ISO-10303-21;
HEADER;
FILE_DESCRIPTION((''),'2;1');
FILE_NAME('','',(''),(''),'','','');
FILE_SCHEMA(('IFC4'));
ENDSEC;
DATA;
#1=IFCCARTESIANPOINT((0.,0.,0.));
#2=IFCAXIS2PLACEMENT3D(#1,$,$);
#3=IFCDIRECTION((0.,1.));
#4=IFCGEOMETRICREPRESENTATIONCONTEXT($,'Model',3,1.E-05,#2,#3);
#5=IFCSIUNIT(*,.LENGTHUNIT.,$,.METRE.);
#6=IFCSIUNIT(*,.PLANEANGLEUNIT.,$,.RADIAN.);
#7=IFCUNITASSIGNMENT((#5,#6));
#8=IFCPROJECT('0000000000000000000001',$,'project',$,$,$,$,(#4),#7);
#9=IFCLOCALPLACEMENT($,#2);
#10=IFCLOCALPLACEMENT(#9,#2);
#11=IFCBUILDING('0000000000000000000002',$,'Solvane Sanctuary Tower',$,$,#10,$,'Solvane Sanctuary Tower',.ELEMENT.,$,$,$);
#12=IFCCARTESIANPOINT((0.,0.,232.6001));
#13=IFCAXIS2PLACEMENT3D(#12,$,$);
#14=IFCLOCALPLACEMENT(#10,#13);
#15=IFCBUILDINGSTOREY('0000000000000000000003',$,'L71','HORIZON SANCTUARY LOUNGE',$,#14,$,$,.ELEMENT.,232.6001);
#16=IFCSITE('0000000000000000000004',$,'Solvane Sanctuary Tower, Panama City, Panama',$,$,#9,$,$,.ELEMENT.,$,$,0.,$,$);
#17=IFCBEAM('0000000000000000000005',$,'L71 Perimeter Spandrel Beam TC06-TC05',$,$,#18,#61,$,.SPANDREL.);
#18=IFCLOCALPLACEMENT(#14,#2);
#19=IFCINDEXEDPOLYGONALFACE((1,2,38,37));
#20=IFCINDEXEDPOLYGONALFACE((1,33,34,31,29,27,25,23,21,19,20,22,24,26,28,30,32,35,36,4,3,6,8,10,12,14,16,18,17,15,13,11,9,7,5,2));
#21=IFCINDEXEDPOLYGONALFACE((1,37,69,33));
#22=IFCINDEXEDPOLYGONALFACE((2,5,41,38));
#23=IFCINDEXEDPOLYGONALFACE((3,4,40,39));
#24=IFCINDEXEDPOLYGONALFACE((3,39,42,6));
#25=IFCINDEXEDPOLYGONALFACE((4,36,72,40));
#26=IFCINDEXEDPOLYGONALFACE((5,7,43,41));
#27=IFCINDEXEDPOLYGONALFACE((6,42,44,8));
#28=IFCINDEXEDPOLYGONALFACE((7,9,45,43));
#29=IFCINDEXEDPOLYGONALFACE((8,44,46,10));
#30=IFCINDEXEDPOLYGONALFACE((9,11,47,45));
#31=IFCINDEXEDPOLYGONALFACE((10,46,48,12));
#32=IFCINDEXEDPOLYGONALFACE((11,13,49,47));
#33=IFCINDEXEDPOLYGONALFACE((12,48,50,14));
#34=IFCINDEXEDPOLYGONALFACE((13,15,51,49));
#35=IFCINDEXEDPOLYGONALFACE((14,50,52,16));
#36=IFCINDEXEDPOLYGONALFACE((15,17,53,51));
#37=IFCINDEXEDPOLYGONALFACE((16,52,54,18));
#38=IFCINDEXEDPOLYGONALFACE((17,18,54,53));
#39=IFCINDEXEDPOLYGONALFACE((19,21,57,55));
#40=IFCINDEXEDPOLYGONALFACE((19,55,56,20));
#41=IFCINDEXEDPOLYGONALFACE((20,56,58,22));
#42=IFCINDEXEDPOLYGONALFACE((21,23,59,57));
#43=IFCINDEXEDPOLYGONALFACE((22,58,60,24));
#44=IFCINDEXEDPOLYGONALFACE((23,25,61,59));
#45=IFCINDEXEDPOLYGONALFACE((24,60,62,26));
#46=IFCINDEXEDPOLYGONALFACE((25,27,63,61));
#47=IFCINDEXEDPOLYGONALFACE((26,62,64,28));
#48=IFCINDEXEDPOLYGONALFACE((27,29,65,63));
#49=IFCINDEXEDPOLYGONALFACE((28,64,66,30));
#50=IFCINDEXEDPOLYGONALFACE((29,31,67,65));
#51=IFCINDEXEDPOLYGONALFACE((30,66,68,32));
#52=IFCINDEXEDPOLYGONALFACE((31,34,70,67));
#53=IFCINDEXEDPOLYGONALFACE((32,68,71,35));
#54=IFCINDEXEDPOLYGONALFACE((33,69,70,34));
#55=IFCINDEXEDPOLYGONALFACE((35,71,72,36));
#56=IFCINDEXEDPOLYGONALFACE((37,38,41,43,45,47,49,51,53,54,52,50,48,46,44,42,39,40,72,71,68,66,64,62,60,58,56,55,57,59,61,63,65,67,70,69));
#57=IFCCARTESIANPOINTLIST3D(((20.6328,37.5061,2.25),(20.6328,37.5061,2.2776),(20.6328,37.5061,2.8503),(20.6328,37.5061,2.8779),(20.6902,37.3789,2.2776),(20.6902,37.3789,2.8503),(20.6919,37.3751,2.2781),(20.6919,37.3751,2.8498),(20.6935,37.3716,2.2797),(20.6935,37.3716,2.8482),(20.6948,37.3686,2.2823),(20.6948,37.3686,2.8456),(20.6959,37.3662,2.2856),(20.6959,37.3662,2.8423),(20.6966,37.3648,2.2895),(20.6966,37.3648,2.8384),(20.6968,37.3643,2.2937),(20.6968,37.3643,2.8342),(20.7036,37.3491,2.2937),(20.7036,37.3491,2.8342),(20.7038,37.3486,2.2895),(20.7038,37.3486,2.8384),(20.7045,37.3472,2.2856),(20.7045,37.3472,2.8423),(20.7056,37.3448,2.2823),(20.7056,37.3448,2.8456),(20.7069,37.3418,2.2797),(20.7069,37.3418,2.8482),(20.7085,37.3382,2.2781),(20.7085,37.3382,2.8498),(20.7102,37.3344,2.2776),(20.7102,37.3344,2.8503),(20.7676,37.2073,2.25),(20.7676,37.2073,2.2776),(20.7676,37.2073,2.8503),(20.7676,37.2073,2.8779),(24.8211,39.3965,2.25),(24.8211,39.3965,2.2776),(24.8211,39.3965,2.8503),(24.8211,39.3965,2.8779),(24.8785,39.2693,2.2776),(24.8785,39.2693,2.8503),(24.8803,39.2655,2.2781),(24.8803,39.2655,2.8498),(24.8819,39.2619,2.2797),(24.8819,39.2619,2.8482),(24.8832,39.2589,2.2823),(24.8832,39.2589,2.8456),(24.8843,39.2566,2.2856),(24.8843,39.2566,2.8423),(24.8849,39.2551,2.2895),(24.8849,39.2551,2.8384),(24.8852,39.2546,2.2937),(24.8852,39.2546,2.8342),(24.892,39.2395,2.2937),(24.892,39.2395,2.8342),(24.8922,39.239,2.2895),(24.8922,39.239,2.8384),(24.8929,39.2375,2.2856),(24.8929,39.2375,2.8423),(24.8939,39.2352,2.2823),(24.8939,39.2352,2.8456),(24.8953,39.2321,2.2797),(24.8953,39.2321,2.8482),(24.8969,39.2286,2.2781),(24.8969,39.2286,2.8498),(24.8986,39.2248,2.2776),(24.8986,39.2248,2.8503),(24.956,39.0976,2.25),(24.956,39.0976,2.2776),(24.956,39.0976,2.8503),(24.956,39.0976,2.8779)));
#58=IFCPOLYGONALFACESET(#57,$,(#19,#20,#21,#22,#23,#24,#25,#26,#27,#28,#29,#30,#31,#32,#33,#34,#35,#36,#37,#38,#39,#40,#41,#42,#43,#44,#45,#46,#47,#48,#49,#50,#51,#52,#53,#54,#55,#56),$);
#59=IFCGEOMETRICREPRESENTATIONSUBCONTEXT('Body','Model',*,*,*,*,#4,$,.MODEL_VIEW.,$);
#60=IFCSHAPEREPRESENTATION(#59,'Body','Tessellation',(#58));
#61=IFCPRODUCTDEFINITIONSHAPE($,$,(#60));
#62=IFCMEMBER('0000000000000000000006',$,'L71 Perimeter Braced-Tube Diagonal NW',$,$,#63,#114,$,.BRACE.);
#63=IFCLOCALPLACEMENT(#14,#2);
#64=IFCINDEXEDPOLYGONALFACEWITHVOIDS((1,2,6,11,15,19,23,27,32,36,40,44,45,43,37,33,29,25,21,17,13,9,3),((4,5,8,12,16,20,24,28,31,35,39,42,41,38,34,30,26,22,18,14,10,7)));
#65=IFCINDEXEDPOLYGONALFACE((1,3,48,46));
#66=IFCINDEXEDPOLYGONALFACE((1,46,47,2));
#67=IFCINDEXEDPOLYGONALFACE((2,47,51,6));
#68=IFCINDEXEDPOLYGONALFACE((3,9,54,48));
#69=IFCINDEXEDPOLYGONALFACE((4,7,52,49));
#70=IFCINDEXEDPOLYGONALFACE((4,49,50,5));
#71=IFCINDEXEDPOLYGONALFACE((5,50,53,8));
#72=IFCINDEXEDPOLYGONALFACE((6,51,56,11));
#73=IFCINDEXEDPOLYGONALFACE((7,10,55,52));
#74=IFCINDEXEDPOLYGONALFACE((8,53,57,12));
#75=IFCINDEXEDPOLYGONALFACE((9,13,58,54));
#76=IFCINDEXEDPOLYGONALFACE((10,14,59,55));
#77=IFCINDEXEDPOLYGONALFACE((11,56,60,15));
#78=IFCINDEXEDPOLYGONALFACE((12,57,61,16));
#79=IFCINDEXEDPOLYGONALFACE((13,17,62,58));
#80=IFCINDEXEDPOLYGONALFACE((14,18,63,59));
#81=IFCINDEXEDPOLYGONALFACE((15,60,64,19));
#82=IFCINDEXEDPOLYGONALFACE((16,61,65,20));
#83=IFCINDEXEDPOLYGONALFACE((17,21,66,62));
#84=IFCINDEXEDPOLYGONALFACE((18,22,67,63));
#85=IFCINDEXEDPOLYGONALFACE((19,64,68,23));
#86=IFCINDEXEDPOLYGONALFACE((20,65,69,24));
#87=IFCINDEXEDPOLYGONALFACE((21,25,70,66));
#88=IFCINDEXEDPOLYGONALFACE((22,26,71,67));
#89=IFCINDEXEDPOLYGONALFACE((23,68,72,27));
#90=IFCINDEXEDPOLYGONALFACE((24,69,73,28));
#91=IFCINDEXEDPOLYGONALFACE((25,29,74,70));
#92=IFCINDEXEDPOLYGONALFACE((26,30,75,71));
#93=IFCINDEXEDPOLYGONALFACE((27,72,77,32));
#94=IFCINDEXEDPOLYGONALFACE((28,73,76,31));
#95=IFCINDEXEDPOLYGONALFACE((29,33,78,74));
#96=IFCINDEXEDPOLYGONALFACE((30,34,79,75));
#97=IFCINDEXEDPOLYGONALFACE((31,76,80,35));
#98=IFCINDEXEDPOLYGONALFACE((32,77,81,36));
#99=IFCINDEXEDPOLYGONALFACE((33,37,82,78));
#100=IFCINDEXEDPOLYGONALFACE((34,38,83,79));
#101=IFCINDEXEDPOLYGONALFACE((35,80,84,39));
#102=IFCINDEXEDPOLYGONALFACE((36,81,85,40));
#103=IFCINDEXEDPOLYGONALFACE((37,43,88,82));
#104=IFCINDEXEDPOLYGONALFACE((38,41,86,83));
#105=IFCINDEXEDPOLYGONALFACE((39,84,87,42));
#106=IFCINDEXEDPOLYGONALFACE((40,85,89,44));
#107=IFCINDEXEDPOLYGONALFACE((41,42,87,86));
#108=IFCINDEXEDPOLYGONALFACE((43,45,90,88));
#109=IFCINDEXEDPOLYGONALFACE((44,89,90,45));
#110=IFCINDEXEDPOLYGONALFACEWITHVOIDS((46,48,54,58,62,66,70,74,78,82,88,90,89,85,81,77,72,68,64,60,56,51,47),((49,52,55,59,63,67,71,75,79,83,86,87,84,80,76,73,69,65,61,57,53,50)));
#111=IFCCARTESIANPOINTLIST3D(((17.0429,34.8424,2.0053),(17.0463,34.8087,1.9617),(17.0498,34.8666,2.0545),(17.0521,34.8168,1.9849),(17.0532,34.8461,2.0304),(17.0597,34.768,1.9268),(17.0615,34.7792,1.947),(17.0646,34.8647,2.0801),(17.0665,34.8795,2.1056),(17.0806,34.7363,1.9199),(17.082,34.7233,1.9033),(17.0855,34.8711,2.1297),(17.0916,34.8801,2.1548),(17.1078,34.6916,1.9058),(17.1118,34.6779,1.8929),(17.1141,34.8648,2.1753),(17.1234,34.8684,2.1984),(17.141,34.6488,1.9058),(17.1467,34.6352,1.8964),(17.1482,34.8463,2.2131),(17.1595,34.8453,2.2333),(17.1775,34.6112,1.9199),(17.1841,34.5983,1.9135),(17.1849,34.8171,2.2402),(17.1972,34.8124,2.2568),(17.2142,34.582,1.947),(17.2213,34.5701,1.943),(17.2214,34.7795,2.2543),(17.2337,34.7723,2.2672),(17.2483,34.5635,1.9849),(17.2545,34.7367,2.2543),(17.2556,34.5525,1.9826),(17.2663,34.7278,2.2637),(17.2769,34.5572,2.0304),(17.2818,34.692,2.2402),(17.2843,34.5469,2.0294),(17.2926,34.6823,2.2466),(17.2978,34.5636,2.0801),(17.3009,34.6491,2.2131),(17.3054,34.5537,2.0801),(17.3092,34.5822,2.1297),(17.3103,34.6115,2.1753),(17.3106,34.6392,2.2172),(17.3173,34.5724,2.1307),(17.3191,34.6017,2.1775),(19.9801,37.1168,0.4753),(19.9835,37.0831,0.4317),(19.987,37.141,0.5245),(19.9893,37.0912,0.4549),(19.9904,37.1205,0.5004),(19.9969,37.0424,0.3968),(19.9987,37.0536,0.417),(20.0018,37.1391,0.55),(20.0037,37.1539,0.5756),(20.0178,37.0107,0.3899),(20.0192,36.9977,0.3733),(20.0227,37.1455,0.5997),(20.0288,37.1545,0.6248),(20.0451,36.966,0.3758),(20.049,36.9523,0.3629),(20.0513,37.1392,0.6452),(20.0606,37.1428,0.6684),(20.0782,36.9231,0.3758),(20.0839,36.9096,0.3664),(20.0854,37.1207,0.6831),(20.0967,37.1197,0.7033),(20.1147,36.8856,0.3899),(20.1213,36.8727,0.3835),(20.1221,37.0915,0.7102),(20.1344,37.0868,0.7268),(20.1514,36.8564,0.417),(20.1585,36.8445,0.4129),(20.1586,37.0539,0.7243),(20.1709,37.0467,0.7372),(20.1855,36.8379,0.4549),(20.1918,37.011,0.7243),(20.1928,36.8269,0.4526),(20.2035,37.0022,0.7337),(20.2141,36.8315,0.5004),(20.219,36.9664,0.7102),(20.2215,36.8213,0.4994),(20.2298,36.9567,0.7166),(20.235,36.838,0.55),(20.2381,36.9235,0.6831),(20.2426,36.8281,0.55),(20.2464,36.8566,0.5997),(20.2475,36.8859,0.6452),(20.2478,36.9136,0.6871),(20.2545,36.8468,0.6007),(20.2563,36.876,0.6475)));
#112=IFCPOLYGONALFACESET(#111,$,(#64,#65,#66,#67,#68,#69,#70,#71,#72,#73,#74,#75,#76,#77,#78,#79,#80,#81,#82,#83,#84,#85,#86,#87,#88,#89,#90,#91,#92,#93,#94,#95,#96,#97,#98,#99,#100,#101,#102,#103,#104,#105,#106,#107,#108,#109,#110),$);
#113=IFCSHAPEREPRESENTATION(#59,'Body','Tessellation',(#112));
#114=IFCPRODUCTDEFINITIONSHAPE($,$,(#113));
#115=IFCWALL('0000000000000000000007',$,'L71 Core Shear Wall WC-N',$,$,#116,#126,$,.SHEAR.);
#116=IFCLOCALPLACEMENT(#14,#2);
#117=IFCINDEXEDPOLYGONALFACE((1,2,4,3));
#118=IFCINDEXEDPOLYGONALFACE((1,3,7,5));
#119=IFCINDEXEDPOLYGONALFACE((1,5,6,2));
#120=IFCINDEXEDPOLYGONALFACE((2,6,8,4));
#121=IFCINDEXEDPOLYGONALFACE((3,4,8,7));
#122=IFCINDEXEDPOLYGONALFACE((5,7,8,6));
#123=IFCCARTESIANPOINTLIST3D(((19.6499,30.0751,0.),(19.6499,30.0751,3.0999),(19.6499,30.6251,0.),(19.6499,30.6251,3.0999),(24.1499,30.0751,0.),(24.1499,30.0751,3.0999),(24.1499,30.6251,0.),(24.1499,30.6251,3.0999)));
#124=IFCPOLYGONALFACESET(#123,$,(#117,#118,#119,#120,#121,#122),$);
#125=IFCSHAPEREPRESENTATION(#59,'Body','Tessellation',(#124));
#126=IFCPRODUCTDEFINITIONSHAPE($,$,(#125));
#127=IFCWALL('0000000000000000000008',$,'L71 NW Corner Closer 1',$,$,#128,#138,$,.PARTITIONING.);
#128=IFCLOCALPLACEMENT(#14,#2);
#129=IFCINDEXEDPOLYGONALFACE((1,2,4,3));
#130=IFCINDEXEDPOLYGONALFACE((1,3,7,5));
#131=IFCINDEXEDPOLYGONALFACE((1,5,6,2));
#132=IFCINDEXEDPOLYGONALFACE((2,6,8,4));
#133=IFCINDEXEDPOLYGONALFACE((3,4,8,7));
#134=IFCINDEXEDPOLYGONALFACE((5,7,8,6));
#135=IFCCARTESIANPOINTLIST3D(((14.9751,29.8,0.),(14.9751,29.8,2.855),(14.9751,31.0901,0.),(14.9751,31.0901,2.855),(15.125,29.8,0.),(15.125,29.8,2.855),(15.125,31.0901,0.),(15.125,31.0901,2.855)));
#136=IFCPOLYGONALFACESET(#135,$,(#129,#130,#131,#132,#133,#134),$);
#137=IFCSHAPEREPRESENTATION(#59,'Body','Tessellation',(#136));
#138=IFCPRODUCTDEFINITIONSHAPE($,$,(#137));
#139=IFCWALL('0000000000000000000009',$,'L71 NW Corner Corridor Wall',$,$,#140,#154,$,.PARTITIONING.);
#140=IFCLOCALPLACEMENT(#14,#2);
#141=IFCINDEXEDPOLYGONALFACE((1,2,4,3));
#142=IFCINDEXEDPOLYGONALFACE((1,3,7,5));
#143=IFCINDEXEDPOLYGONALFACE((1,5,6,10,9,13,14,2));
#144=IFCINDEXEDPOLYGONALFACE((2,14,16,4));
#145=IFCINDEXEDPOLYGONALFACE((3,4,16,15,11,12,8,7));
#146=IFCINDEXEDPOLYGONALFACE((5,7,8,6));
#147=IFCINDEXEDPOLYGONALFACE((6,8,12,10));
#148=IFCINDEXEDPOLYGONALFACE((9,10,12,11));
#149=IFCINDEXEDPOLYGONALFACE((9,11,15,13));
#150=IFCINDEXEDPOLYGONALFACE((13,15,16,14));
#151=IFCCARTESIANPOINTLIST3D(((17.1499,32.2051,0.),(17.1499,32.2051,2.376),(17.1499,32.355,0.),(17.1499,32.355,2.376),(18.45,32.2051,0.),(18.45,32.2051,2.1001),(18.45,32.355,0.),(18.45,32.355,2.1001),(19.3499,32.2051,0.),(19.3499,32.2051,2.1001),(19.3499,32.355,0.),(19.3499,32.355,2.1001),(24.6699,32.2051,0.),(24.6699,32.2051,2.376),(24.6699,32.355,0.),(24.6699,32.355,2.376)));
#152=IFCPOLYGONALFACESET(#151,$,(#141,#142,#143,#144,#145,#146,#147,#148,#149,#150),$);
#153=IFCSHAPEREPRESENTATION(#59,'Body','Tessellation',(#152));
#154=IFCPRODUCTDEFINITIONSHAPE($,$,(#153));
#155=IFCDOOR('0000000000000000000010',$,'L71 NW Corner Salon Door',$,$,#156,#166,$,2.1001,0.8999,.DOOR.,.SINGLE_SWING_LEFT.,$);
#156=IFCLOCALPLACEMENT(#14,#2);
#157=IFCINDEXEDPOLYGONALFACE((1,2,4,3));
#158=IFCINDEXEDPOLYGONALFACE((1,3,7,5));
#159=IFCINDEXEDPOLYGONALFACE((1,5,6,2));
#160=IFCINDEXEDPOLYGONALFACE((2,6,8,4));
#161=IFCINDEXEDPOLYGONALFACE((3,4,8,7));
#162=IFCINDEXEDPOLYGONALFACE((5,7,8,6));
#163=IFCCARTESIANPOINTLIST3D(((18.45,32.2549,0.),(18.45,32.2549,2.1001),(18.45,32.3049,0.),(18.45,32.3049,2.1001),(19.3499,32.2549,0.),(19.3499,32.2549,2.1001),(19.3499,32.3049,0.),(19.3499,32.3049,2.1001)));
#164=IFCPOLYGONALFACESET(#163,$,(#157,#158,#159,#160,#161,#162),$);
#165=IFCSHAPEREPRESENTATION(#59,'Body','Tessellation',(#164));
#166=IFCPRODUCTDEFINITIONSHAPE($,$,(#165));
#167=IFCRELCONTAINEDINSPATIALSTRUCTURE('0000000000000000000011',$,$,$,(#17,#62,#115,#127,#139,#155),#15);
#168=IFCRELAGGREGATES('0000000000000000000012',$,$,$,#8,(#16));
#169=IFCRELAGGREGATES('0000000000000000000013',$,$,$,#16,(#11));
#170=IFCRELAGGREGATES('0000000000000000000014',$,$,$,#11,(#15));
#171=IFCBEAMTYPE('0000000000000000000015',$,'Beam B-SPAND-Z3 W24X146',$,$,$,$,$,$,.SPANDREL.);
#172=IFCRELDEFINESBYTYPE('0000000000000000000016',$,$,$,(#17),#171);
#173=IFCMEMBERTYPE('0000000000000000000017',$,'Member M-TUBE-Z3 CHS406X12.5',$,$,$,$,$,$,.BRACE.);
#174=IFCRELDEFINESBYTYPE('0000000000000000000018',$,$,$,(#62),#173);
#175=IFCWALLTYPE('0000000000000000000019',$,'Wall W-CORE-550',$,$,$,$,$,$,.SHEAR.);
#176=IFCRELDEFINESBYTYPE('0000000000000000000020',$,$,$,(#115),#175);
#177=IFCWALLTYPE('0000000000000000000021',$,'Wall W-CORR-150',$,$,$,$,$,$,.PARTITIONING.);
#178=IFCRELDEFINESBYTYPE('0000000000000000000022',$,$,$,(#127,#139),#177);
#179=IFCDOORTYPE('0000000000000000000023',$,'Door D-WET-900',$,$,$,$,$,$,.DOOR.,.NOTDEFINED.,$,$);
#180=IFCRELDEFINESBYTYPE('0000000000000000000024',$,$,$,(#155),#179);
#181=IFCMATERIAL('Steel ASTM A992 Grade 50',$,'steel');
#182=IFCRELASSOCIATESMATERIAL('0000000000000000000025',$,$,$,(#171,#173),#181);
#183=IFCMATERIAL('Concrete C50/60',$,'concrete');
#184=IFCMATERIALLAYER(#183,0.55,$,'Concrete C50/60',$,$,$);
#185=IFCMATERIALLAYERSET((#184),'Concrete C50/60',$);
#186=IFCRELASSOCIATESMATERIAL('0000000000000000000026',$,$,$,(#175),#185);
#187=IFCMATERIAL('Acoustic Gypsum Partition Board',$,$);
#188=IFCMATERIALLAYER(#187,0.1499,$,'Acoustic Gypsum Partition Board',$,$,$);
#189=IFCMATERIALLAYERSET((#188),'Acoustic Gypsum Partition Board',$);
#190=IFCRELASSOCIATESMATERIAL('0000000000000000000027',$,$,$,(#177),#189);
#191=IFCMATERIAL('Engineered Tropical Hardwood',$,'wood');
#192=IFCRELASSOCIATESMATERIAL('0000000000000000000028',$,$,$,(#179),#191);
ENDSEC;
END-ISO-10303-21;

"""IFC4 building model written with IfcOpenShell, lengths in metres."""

from ifc_helpers import new_model, si_unit, direction, frame, frame_2d, origin, origin_2d, place, context, subcontext, project, spatial, rectangle, hollow_circle, i_section, extrude, material, layer, layer_set, material_profile, profile_set, type_object, element, fill, save


model = new_model("IFC4")

# Units and contexts
model_context = context("Model", 3, precision=1e-05, world=origin(), true_north=direction((0.0, 1.0)))
body_context = subcontext(model_context, "Body", "Model", "MODEL_VIEW")
ifc_project = project(units=[si_unit("LENGTHUNIT", "METRE"), si_unit("PLANEANGLEUNIT", "RADIAN")], contexts=[model_context])

# Site, building, storey
site_placement = place(None, origin())
site = spatial("IfcSite", under=ifc_project, at=site_placement, Name="Solvane Sanctuary Tower, Panama City, Panama", CompositionType="ELEMENT", RefElevation=0.0)
building_placement = place(site_placement, origin())
building = spatial("IfcBuilding", under=site, at=building_placement, Name="Solvane Sanctuary Tower", LongName="Solvane Sanctuary Tower", CompositionType="ELEMENT")
storey_placement = place(building_placement, frame((0.0, 0.0, 232.6001)))
storey = spatial("IfcBuildingStorey", under=building, at=storey_placement, Name="L71", Description="HORIZON SANCTUARY LOUNGE", CompositionType="ELEMENT", Elevation=232.6001)

# Shared definitions
ifc_material_1 = material(Name="Concrete C50/60", Category="concrete")

# Beam
ifc_material_2 = material(Name="Steel ASTM A992 Grade 50", Category="steel")
ifc_material_profile_1 = material_profile(ifc_material_2, i_section(OverallWidth=0.3279, OverallDepth=0.6279, WebThickness=0.0166, FlangeThickness=0.0276, FilletRadius=0.0161, at=origin_2d()), Name="W24X146")
ifc_profile_set_1 = profile_set([ifc_material_profile_1], Name="Steel ASTM A992 Grade 50")
beam_type_1 = type_object("IfcBeamType", Name="Beam B-SPAND-Z3 W24X146", PredefinedType="SPANDREL", material=ifc_profile_set_1)
beam_1_placement = place(storey_placement, frame((20.7002, 37.3567, 2.564), z_axis=(0.911468, 0.411372, 0.0), x_axis=(-0.411372, 0.911468, 0.0)))
element("IfcBeam", 1, at=beam_1_placement, inside=storey, type_object=beam_type_1, Name="L71 Perimeter Spandrel Beam TC06-TC05", PredefinedType="SPANDREL", context=body_context, shape_type="SweptSolid", body=[
    extrude(i_section(OverallWidth=0.3279, OverallDepth=0.6279, WebThickness=0.0166, FlangeThickness=0.0276, FilletRadius=0.0161, at=origin_2d()), origin(), (0.0, 0.0, 1.0), 4.5952),
])

# Member
ifc_material_profile_2 = material_profile(ifc_material_2, hollow_circle(Radius=0.2029, WallThickness=0.0125, at=origin_2d()), Name="CHS406X12.5")
ifc_profile_set_2 = profile_set([ifc_material_profile_2], Name="Steel ASTM A992 Grade 50")
member_type = type_object("IfcMemberType", Name="Member M-TUBE-Z3 CHS406X12.5", PredefinedType="BRACE", material=ifc_profile_set_2)
member_placement = place(storey_placement, frame((20.1184, 36.9885, 0.55), z_axis=(-0.73109, -0.566107, 0.380828), x_axis=(0.612242, -0.79067, 0.0)))
element("IfcMember", 2, at=member_placement, inside=storey, type_object=member_type, Name="L71 Perimeter Braced-Tube Diagonal NW", PredefinedType="BRACE", context=body_context, shape_type="SweptSolid", body=[
    extrude(hollow_circle(Radius=0.2029, WallThickness=0.0125, at=origin_2d()), origin(), (0.0, 0.0, 1.0), 4.0176),
])

# Walls
ifc_layer_1 = layer(ifc_material_1, 0.55, Name="Concrete C50/60")
ifc_layer_set_1 = layer_set([ifc_layer_1], Name="Concrete C50/60")
wall_type_1 = type_object("IfcWallType", Name="Wall W-CORE-550", PredefinedType="SHEAR", material=ifc_layer_set_1)
wall_1_placement = place(storey_placement, frame((19.6499, 30.3501, 0.0), z_axis=(0.0, 0.0, 1.0), x_axis=(1.0, 0.0, 0.0)))
element("IfcWall", 3, at=wall_1_placement, inside=storey, type_object=wall_type_1, Name="L71 Core Shear Wall WC-N", PredefinedType="SHEAR", context=body_context, shape_type="SweptSolid", body=[
    extrude(rectangle(XDim=4.5, YDim=0.55, at=frame_2d((2.25, 0.0))), origin(), (0.0, 0.0, 1.0), 3.0999),
])
ifc_material_3 = material(Name="Acoustic Gypsum Partition Board")
ifc_layer_2 = layer(ifc_material_3, 0.1499, Name="Acoustic Gypsum Partition Board")
ifc_layer_set_2 = layer_set([ifc_layer_2], Name="Acoustic Gypsum Partition Board")
wall_type_2 = type_object("IfcWallType", Name="Wall W-CORR-150", PredefinedType="PARTITIONING", material=ifc_layer_set_2)
wall_2_placement = place(storey_placement, frame((15.05, 29.8, 0.0), z_axis=(0.0, 0.0, 1.0), x_axis=(0.0, 1.0, 0.0)))
element("IfcWall", 4, at=wall_2_placement, inside=storey, type_object=wall_type_2, Name="L71 NW Corner Closer 1", PredefinedType="PARTITIONING", context=body_context, shape_type="SweptSolid", body=[
    extrude(rectangle(XDim=1.29, YDim=0.1499, at=frame_2d((0.645, 0.0))), origin(), (0.0, 0.0, 1.0), 2.855),
])

# Wall, opening, door
wall_3_placement = place(storey_placement, frame((17.1499, 32.28, 0.0), z_axis=(0.0, 0.0, 1.0), x_axis=(1.0, 0.0, 0.0)))
wall_3 = element("IfcWall", 5, at=wall_3_placement, inside=storey, type_object=wall_type_2, Name="L71 NW Corner Corridor Wall", PredefinedType="PARTITIONING", context=body_context, shape_type="SweptSolid", body=[
    extrude(rectangle(XDim=7.52, YDim=0.1499, at=frame_2d((3.76, 0.0))), origin(), (0.0, 0.0, 1.0), 2.376),
])
opening_1_placement = place(wall_3_placement, frame((1.3, 0.0, 0.0)))
opening_1 = element("IfcOpeningElement", 6, at=opening_1_placement, cuts=wall_3, PredefinedType="OPENING", context=body_context, shape_type="SweptSolid", body=[
    extrude(rectangle(XDim=0.8999, YDim=2.1001, at=frame_2d((0.45, 1.05))), frame((0.0, 0.085, 0.0), z_axis=(0.0, -1.0, 0.0), x_axis=(1.0, 0.0, 0.0)), (0.0, 0.0, 1.0), 0.1699),
])
ifc_material_4 = material(Name="Engineered Tropical Hardwood", Category="wood")
door_type_1 = type_object("IfcDoorType", Name="Door D-WET-900", OperationType="NOTDEFINED", PredefinedType="DOOR", material=ifc_material_4)
door_1_placement = place(opening_1_placement, origin())
door_1 = element("IfcDoor", 7, at=door_1_placement, inside=storey, type_object=door_type_1, Name="L71 NW Corner Salon Door", OperationType="SINGLE_SWING_LEFT", OverallHeight=2.1001, OverallWidth=0.8999, PredefinedType="DOOR", context=body_context, shape_type="SweptSolid", body=[
    extrude(rectangle(XDim=0.8999, YDim=2.1001, at=frame_2d((0.45, 1.05))), frame((0.0, 0.0249, 0.0), z_axis=(0.0, -1.0, 0.0), x_axis=(1.0, 0.0, 0.0)), (0.0, 0.0, 1.0), 0.05),
])
fill(opening_1, door_1)

save(model, "model.ifc")
